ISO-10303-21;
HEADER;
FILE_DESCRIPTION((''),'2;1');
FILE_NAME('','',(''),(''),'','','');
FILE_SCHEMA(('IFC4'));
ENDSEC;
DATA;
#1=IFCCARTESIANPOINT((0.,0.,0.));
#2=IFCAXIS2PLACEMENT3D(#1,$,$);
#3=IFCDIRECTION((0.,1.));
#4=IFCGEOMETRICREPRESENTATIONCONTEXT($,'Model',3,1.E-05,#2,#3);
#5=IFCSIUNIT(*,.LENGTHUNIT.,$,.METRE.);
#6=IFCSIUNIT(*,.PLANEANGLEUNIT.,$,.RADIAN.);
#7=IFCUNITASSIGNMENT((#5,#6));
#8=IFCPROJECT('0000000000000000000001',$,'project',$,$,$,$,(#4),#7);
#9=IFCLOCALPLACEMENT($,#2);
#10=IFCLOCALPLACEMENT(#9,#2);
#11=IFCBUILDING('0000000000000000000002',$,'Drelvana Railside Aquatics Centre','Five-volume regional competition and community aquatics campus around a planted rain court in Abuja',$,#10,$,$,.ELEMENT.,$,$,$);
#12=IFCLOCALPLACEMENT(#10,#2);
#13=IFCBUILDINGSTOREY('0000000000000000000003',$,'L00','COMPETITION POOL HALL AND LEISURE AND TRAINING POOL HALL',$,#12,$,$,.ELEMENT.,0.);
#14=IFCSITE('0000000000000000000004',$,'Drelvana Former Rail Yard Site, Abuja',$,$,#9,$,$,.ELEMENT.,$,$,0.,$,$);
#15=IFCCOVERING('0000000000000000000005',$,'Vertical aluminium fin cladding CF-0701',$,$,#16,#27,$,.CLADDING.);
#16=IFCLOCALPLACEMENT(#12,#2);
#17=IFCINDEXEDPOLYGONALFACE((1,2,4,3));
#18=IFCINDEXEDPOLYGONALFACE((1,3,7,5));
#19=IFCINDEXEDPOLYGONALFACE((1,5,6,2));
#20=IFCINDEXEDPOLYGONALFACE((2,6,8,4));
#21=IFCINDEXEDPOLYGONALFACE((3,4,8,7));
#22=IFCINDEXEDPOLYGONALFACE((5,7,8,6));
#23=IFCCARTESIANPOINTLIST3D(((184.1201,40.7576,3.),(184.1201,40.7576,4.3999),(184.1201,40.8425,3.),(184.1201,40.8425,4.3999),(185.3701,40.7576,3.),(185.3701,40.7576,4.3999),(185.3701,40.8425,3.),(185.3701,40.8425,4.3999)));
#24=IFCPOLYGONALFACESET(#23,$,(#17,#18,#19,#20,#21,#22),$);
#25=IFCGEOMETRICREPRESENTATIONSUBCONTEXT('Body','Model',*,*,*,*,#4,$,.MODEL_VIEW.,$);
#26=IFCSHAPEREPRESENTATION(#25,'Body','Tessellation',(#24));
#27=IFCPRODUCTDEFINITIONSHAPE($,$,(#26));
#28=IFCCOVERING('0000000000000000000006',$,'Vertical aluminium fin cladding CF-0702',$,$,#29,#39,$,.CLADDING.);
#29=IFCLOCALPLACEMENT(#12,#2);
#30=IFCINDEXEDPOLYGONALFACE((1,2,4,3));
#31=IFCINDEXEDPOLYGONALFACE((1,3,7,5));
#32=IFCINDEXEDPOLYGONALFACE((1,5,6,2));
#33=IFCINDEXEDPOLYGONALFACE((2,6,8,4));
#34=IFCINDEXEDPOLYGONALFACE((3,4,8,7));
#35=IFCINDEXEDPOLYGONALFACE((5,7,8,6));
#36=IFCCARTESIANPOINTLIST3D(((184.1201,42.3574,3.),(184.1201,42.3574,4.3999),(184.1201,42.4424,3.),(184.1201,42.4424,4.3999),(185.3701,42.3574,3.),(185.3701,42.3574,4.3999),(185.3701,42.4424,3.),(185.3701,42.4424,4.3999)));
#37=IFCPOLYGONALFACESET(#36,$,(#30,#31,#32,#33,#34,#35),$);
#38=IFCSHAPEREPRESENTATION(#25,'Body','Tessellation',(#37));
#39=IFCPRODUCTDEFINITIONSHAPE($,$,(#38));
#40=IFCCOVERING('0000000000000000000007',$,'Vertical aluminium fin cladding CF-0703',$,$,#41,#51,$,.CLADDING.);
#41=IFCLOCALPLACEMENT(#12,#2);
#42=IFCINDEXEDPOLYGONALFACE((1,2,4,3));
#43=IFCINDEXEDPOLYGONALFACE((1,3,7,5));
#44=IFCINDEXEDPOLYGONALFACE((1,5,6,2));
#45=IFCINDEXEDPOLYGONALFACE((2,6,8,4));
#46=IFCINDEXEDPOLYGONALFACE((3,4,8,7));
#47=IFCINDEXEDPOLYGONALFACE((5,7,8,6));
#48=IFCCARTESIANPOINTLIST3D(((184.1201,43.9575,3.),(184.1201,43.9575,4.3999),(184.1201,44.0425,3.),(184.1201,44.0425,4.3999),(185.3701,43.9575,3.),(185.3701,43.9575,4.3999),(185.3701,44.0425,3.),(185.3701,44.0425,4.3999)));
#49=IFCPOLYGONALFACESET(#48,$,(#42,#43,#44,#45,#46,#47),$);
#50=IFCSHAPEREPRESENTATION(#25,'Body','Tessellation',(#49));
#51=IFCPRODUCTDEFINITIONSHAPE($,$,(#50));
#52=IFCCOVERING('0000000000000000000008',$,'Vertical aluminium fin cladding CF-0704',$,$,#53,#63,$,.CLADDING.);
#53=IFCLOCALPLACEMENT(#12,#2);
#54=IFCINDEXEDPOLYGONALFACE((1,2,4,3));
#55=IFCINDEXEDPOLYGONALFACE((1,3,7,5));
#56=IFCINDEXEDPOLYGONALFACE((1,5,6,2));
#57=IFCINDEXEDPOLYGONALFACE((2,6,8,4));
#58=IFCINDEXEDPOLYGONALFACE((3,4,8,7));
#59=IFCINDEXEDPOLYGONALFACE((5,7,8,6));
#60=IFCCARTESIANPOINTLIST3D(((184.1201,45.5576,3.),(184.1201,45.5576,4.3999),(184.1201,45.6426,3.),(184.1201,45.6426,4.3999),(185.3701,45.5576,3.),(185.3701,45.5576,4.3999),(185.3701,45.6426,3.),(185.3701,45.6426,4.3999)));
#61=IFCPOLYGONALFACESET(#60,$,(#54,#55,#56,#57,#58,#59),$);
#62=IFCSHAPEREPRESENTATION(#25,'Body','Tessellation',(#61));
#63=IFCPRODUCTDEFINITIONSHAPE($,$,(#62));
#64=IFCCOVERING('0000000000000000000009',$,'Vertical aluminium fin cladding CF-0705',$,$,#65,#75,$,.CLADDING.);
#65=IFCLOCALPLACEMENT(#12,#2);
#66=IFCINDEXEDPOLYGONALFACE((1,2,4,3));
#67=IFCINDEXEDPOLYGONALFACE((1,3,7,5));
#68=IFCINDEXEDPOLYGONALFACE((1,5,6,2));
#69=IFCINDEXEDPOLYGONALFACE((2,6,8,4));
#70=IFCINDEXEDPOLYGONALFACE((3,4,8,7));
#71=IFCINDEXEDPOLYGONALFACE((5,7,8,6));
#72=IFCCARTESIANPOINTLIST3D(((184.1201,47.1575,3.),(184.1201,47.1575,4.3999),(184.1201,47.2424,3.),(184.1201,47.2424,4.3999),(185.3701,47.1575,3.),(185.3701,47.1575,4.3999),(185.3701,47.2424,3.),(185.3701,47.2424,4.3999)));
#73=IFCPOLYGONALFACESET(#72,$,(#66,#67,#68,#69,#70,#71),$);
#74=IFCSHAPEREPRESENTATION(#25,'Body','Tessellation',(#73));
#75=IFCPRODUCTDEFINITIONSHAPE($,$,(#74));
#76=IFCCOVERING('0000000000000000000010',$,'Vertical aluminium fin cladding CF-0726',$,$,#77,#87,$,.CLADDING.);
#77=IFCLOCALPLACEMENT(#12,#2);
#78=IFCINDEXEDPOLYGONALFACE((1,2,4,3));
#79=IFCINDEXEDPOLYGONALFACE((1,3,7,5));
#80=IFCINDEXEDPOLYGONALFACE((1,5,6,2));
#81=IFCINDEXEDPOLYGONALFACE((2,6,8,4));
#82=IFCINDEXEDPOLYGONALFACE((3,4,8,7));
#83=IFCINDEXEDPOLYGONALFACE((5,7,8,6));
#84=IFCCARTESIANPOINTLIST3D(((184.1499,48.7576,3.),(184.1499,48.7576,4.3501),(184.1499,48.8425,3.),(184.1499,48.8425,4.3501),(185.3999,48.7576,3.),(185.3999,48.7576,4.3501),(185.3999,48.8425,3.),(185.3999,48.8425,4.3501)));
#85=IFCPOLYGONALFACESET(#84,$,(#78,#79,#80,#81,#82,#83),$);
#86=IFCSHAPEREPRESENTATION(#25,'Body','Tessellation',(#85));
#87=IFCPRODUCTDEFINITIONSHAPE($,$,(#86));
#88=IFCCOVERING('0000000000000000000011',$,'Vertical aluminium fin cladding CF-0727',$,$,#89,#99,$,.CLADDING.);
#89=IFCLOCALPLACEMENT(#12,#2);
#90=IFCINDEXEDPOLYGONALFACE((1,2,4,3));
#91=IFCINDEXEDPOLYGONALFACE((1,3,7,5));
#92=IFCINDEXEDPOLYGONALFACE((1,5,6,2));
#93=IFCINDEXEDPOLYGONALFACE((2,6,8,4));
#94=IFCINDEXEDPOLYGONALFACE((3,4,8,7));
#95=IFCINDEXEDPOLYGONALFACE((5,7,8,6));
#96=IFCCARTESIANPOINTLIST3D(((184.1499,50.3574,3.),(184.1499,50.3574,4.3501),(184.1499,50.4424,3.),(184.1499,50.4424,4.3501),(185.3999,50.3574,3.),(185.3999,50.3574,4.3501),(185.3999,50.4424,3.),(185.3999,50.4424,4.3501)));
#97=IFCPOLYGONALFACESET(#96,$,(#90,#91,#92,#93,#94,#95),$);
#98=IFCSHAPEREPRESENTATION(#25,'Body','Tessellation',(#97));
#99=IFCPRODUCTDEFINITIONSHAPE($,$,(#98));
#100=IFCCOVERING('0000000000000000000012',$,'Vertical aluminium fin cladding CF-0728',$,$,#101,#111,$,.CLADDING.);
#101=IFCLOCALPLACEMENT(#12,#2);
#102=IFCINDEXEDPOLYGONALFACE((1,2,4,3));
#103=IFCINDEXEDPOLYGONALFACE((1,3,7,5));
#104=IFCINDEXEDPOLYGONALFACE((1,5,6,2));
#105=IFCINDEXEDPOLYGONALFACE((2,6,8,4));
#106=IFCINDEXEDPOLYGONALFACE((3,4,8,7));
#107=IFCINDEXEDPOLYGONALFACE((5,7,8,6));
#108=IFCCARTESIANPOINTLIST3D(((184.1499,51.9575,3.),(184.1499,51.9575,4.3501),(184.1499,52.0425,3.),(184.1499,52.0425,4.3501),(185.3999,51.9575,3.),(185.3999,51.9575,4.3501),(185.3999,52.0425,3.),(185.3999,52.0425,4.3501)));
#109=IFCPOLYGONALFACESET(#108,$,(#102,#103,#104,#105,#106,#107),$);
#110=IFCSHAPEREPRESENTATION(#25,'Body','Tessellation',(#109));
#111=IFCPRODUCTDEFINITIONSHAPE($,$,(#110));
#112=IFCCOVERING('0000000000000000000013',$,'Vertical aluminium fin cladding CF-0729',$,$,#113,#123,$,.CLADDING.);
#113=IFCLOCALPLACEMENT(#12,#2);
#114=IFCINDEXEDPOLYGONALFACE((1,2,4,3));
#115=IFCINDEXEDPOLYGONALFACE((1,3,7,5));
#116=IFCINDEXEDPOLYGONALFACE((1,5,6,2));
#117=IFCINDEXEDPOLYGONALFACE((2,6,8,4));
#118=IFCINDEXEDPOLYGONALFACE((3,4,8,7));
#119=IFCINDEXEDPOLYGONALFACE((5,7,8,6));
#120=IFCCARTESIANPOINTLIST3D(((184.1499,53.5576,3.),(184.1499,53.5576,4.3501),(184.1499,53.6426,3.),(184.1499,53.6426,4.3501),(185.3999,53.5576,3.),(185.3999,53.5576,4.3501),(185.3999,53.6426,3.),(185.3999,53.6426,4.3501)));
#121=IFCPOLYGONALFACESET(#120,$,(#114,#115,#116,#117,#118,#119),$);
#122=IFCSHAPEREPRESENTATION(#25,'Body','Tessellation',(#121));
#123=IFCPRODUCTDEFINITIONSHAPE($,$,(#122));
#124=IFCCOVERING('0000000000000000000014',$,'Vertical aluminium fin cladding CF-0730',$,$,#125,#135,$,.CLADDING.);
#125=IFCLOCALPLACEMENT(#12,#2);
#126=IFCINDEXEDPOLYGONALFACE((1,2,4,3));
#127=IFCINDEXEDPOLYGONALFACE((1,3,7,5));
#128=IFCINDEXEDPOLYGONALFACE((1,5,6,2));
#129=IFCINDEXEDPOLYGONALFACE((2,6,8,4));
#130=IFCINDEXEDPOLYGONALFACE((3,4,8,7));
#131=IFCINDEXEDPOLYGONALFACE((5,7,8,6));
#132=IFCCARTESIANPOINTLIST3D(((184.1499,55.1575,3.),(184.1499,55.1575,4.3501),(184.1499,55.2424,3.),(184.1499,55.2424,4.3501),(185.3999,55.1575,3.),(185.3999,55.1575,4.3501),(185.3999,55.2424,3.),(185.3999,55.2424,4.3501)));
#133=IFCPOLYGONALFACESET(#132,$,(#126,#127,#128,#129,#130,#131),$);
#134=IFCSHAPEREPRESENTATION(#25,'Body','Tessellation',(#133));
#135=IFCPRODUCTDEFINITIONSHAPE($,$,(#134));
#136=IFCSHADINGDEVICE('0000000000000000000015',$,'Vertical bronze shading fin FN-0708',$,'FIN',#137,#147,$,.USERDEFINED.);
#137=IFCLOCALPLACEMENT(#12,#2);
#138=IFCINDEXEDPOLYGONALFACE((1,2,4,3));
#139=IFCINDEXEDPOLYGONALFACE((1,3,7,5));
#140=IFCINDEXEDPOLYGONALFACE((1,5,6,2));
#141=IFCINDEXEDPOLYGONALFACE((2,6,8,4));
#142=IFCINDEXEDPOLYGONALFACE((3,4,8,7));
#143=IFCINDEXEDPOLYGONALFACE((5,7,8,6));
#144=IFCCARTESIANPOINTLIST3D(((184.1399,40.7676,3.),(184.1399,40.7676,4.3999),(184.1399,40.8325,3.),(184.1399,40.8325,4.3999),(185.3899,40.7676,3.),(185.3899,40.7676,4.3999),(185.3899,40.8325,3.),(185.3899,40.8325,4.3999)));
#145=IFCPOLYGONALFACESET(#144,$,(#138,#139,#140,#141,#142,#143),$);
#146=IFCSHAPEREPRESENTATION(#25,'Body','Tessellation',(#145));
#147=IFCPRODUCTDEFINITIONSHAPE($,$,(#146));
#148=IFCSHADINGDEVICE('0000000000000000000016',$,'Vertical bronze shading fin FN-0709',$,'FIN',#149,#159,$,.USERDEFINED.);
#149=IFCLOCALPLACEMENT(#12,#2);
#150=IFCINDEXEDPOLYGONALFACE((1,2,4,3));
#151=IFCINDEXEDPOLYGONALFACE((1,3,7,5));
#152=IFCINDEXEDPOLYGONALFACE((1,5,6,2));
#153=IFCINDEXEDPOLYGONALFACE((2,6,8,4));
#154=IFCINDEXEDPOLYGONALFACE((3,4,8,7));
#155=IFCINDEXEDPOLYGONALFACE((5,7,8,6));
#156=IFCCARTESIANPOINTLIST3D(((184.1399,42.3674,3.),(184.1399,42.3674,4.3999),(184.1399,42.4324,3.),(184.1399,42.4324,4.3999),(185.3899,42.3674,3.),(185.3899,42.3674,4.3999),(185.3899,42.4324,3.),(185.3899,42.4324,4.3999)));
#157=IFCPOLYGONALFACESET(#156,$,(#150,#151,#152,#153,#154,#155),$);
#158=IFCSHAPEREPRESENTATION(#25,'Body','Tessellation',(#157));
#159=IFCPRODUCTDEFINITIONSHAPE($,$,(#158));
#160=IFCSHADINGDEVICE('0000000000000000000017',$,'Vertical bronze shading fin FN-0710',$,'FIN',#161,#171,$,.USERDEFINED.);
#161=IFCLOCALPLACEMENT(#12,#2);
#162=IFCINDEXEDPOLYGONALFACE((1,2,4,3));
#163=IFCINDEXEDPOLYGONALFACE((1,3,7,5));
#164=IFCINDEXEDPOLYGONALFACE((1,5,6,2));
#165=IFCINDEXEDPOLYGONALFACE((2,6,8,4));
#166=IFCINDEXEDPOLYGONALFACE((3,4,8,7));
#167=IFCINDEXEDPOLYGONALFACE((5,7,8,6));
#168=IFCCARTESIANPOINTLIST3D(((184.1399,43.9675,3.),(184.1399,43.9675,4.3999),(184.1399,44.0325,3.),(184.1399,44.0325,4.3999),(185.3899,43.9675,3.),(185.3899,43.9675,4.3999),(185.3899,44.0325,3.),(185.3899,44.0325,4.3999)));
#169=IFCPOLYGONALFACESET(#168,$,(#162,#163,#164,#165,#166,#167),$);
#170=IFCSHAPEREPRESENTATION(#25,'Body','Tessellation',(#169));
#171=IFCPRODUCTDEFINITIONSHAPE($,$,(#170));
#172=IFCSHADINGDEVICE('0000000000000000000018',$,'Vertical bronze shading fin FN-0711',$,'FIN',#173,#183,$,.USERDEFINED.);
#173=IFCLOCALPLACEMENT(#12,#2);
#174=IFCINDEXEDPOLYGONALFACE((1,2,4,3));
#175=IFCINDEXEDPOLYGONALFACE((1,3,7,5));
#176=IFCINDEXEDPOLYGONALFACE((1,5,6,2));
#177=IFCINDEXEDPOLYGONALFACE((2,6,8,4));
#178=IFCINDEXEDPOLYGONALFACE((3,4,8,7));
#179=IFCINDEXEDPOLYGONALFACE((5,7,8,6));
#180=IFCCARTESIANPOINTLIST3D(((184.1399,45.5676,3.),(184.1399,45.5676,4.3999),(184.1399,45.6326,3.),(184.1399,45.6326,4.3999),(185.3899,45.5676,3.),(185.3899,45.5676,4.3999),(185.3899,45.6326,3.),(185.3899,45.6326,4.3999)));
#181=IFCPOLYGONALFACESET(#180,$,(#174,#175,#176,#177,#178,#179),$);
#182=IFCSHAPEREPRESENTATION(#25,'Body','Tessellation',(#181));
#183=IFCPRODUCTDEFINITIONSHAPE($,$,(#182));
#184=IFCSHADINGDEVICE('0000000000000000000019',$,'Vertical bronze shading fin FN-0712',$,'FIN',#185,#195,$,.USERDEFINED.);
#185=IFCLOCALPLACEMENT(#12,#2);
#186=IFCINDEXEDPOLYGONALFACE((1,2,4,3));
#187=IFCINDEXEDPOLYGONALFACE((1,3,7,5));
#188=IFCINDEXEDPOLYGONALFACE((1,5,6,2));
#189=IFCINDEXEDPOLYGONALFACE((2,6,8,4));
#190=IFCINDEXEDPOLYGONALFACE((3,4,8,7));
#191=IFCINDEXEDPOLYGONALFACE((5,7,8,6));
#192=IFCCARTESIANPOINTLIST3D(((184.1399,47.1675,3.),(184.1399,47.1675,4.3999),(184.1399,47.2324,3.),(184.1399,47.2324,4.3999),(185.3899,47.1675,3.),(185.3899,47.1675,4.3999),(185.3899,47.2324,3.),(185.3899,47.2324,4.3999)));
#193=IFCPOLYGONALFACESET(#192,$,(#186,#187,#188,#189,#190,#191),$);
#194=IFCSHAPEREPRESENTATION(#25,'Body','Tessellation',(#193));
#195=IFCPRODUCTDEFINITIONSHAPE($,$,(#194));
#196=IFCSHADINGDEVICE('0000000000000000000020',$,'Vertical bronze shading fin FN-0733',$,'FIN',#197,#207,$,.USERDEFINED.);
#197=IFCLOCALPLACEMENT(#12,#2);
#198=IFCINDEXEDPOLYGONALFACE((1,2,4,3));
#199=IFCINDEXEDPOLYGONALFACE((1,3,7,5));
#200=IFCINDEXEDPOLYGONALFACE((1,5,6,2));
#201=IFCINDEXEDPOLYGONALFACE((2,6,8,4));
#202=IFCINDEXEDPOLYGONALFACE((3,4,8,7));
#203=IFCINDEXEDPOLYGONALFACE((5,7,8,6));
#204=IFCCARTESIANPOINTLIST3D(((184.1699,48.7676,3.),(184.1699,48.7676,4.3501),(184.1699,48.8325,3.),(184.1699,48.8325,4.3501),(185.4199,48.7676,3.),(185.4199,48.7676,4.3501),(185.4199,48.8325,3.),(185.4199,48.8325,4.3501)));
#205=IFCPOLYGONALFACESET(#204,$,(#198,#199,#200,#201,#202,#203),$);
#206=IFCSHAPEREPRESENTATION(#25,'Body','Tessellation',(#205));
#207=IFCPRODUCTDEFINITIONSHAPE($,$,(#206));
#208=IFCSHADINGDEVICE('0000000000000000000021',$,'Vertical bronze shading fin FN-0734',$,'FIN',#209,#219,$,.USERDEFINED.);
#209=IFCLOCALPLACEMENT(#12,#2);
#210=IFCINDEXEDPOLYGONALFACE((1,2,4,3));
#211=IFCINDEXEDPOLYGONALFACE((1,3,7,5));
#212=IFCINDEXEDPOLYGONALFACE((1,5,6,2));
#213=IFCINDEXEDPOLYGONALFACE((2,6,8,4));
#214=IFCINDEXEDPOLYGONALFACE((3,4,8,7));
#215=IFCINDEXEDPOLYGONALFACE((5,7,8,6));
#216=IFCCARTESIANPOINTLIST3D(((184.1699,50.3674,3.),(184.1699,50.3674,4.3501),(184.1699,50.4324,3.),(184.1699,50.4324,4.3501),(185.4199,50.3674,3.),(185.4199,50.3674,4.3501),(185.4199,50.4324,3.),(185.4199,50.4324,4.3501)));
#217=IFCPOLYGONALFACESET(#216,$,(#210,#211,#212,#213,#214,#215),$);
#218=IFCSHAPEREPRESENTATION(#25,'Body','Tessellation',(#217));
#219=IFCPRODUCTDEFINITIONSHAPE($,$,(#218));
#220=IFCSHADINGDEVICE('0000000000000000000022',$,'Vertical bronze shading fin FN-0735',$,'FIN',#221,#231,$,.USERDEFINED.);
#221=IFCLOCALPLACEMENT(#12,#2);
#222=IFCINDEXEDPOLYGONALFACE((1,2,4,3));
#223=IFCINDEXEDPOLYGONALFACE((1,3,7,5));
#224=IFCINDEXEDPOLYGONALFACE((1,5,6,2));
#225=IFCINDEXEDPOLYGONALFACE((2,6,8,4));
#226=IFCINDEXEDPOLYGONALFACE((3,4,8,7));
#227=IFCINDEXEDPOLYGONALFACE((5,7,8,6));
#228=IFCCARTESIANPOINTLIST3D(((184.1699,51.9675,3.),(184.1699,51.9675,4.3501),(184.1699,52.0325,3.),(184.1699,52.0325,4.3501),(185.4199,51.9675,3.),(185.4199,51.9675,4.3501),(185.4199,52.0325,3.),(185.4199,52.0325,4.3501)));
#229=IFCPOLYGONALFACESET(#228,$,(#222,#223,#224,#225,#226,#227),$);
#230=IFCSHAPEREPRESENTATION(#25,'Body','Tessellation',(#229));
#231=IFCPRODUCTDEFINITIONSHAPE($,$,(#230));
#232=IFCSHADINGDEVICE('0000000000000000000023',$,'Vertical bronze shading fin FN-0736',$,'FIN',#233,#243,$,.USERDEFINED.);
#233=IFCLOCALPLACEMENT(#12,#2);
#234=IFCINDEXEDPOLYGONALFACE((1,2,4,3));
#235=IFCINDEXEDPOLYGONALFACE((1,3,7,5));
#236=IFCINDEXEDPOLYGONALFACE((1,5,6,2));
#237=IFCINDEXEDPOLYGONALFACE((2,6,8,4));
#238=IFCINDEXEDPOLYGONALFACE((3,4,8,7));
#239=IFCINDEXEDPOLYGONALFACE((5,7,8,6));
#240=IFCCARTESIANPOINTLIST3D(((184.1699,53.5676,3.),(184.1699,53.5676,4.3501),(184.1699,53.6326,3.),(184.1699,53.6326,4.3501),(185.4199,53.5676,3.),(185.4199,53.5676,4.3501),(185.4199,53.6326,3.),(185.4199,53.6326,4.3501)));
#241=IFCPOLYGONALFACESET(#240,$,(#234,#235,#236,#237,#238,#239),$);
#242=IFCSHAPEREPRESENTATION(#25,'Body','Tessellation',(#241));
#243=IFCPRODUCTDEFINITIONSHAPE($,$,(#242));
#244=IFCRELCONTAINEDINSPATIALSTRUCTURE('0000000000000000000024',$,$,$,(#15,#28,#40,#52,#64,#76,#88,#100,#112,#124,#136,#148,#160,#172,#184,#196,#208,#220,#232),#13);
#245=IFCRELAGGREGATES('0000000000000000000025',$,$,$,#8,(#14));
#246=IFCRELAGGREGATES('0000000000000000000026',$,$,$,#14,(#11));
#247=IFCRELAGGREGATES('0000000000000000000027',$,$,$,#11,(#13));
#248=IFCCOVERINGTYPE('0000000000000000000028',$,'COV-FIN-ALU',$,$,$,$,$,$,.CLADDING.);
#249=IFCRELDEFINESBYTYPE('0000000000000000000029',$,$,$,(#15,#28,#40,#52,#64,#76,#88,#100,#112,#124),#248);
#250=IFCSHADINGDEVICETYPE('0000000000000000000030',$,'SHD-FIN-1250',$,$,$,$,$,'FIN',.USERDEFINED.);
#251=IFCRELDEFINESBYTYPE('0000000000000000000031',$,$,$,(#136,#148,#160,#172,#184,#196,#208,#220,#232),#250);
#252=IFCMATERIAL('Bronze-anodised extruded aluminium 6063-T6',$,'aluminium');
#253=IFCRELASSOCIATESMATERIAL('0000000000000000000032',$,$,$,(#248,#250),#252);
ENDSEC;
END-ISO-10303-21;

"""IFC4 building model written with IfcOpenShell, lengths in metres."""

from ifc_helpers import new_model, si_unit, direction, frame, origin, origin_2d, place, context, subcontext, project, spatial, rectangle, extrude, material, type_object, element, save


model = new_model("IFC4")

# Units and contexts
model_context = context("Model", 3, precision=1e-05, world=origin(), true_north=direction((0.0, 1.0)))
body_context = subcontext(model_context, "Body", "Model", "MODEL_VIEW")
ifc_project = project(units=[si_unit("LENGTHUNIT", "METRE"), si_unit("PLANEANGLEUNIT", "RADIAN")], contexts=[model_context])

# Site, building, storey
site_placement = place(None, origin())
site = spatial("IfcSite", under=ifc_project, at=site_placement, Name="Drelvana Former Rail Yard Site, Abuja", CompositionType="ELEMENT", RefElevation=0.0)
building_placement = place(site_placement, origin())
building = spatial("IfcBuilding", under=site, at=building_placement, Name="Drelvana Railside Aquatics Centre", Description="Five-volume regional competition and community aquatics campus around a planted rain court in Abuja", CompositionType="ELEMENT")
storey_placement = place(building_placement, origin())
storey = spatial("IfcBuildingStorey", under=building, at=storey_placement, Name="L00", Description="COMPETITION POOL HALL AND LEISURE AND TRAINING POOL HALL", CompositionType="ELEMENT", Elevation=0.0)

# Coverings
ifc_material_1 = material(Name="Bronze-anodised extruded aluminium 6063-T6", Category="aluminium")
covering_type = type_object("IfcCoveringType", Name="COV-FIN-ALU", PredefinedType="CLADDING", material=ifc_material_1)
for number, where, z_axis, x_axis, name in (
    (1, (184.7451, 40.8, 3.0), (0.0, 0.0, 1.0), (0.0, -1.0, 0.0), "Vertical aluminium fin cladding CF-0701"),
    (2, (184.7451, 42.3999, 3.0), (0.0, 0.0, 1.0), (0.0, -1.0, 0.0), "Vertical aluminium fin cladding CF-0702"),
    (3, (184.7451, 44.0, 3.0), (0.0, 0.0, 1.0), (0.0, -1.0, 0.0), "Vertical aluminium fin cladding CF-0703"),
    (4, (184.7451, 45.6001, 3.0), (0.0, 0.0, 1.0), (0.0, -1.0, 0.0), "Vertical aluminium fin cladding CF-0704"),
    (5, (184.7451, 47.2, 3.0), (0.0, 0.0, 1.0), (0.0, -1.0, 0.0), "Vertical aluminium fin cladding CF-0705"),
):
    element("IfcCovering", number, at=place(storey_placement, frame(where, z_axis=z_axis, x_axis=x_axis)), inside=storey, type_object=covering_type, Name=name, PredefinedType="CLADDING", context=body_context, shape_type="SweptSolid", body=[
        extrude(rectangle(XDim=0.085, YDim=1.25, at=origin_2d()), origin(), (0.0, 0.0, 1.0), 1.3999),
    ])
for number, where, z_axis, x_axis, name in (
    (6, (184.7749, 48.8, 3.0), (0.0, 0.0, 1.0), (0.0, -1.0, 0.0), "Vertical aluminium fin cladding CF-0726"),
    (7, (184.7749, 50.3999, 3.0), (0.0, 0.0, 1.0), (0.0, -1.0, 0.0), "Vertical aluminium fin cladding CF-0727"),
    (8, (184.7749, 52.0, 3.0), (0.0, 0.0, 1.0), (0.0, -1.0, 0.0), "Vertical aluminium fin cladding CF-0728"),
    (9, (184.7749, 53.6001, 3.0), (0.0, 0.0, 1.0), (0.0, -1.0, 0.0), "Vertical aluminium fin cladding CF-0729"),
    (10, (184.7749, 55.2, 3.0), (0.0, 0.0, 1.0), (0.0, -1.0, 0.0), "Vertical aluminium fin cladding CF-0730"),
):
    element("IfcCovering", number, at=place(storey_placement, frame(where, z_axis=z_axis, x_axis=x_axis)), inside=storey, type_object=covering_type, Name=name, PredefinedType="CLADDING", context=body_context, shape_type="SweptSolid", body=[
        extrude(rectangle(XDim=0.085, YDim=1.25, at=origin_2d()), origin(), (0.0, 0.0, 1.0), 1.3501),
    ])

# Shading devices
shading_device_type = type_object("IfcShadingDeviceType", Name="SHD-FIN-1250", ElementType="FIN", PredefinedType="USERDEFINED", material=ifc_material_1)
for number, where, z_axis, x_axis, name in (
    (11, (184.7649, 40.8, 3.0), (0.0, 0.0, 1.0), (1.0, 0.0, 0.0), "Vertical bronze shading fin FN-0708"),
    (12, (184.7649, 42.3999, 3.0), (0.0, 0.0, 1.0), (1.0, 0.0, 0.0), "Vertical bronze shading fin FN-0709"),
    (13, (184.7649, 44.0, 3.0), (0.0, 0.0, 1.0), (1.0, 0.0, 0.0), "Vertical bronze shading fin FN-0710"),
    (14, (184.7649, 45.6001, 3.0), (0.0, 0.0, 1.0), (1.0, 0.0, 0.0), "Vertical bronze shading fin FN-0711"),
    (15, (184.7649, 47.2, 3.0), (0.0, 0.0, 1.0), (1.0, 0.0, 0.0), "Vertical bronze shading fin FN-0712"),
):
    element("IfcShadingDevice", number, at=place(storey_placement, frame(where, z_axis=z_axis, x_axis=x_axis)), inside=storey, type_object=shading_device_type, Name=name, ObjectType="FIN", PredefinedType="USERDEFINED", context=body_context, shape_type="SweptSolid", body=[
        extrude(rectangle(XDim=1.25, YDim=0.0649, at=origin_2d()), origin(), (0.0, 0.0, 1.0), 1.3999),
    ])
for number, where, z_axis, x_axis, name in (
    (16, (184.7949, 48.8, 3.0), (0.0, 0.0, 1.0), (1.0, 0.0, 0.0), "Vertical bronze shading fin FN-0733"),
    (17, (184.7949, 50.3999, 3.0), (0.0, 0.0, 1.0), (1.0, 0.0, 0.0), "Vertical bronze shading fin FN-0734"),
    (18, (184.7949, 52.0, 3.0), (0.0, 0.0, 1.0), (1.0, 0.0, 0.0), "Vertical bronze shading fin FN-0735"),
    (19, (184.7949, 53.6001, 3.0), (0.0, 0.0, 1.0), (1.0, 0.0, 0.0), "Vertical bronze shading fin FN-0736"),
):
    element("IfcShadingDevice", number, at=place(storey_placement, frame(where, z_axis=z_axis, x_axis=x_axis)), inside=storey, type_object=shading_device_type, Name=name, ObjectType="FIN", PredefinedType="USERDEFINED", context=body_context, shape_type="SweptSolid", body=[
        extrude(rectangle(XDim=1.25, YDim=0.0649, at=origin_2d()), origin(), (0.0, 0.0, 1.0), 1.3501),
    ])

save(model, "model.ifc")
